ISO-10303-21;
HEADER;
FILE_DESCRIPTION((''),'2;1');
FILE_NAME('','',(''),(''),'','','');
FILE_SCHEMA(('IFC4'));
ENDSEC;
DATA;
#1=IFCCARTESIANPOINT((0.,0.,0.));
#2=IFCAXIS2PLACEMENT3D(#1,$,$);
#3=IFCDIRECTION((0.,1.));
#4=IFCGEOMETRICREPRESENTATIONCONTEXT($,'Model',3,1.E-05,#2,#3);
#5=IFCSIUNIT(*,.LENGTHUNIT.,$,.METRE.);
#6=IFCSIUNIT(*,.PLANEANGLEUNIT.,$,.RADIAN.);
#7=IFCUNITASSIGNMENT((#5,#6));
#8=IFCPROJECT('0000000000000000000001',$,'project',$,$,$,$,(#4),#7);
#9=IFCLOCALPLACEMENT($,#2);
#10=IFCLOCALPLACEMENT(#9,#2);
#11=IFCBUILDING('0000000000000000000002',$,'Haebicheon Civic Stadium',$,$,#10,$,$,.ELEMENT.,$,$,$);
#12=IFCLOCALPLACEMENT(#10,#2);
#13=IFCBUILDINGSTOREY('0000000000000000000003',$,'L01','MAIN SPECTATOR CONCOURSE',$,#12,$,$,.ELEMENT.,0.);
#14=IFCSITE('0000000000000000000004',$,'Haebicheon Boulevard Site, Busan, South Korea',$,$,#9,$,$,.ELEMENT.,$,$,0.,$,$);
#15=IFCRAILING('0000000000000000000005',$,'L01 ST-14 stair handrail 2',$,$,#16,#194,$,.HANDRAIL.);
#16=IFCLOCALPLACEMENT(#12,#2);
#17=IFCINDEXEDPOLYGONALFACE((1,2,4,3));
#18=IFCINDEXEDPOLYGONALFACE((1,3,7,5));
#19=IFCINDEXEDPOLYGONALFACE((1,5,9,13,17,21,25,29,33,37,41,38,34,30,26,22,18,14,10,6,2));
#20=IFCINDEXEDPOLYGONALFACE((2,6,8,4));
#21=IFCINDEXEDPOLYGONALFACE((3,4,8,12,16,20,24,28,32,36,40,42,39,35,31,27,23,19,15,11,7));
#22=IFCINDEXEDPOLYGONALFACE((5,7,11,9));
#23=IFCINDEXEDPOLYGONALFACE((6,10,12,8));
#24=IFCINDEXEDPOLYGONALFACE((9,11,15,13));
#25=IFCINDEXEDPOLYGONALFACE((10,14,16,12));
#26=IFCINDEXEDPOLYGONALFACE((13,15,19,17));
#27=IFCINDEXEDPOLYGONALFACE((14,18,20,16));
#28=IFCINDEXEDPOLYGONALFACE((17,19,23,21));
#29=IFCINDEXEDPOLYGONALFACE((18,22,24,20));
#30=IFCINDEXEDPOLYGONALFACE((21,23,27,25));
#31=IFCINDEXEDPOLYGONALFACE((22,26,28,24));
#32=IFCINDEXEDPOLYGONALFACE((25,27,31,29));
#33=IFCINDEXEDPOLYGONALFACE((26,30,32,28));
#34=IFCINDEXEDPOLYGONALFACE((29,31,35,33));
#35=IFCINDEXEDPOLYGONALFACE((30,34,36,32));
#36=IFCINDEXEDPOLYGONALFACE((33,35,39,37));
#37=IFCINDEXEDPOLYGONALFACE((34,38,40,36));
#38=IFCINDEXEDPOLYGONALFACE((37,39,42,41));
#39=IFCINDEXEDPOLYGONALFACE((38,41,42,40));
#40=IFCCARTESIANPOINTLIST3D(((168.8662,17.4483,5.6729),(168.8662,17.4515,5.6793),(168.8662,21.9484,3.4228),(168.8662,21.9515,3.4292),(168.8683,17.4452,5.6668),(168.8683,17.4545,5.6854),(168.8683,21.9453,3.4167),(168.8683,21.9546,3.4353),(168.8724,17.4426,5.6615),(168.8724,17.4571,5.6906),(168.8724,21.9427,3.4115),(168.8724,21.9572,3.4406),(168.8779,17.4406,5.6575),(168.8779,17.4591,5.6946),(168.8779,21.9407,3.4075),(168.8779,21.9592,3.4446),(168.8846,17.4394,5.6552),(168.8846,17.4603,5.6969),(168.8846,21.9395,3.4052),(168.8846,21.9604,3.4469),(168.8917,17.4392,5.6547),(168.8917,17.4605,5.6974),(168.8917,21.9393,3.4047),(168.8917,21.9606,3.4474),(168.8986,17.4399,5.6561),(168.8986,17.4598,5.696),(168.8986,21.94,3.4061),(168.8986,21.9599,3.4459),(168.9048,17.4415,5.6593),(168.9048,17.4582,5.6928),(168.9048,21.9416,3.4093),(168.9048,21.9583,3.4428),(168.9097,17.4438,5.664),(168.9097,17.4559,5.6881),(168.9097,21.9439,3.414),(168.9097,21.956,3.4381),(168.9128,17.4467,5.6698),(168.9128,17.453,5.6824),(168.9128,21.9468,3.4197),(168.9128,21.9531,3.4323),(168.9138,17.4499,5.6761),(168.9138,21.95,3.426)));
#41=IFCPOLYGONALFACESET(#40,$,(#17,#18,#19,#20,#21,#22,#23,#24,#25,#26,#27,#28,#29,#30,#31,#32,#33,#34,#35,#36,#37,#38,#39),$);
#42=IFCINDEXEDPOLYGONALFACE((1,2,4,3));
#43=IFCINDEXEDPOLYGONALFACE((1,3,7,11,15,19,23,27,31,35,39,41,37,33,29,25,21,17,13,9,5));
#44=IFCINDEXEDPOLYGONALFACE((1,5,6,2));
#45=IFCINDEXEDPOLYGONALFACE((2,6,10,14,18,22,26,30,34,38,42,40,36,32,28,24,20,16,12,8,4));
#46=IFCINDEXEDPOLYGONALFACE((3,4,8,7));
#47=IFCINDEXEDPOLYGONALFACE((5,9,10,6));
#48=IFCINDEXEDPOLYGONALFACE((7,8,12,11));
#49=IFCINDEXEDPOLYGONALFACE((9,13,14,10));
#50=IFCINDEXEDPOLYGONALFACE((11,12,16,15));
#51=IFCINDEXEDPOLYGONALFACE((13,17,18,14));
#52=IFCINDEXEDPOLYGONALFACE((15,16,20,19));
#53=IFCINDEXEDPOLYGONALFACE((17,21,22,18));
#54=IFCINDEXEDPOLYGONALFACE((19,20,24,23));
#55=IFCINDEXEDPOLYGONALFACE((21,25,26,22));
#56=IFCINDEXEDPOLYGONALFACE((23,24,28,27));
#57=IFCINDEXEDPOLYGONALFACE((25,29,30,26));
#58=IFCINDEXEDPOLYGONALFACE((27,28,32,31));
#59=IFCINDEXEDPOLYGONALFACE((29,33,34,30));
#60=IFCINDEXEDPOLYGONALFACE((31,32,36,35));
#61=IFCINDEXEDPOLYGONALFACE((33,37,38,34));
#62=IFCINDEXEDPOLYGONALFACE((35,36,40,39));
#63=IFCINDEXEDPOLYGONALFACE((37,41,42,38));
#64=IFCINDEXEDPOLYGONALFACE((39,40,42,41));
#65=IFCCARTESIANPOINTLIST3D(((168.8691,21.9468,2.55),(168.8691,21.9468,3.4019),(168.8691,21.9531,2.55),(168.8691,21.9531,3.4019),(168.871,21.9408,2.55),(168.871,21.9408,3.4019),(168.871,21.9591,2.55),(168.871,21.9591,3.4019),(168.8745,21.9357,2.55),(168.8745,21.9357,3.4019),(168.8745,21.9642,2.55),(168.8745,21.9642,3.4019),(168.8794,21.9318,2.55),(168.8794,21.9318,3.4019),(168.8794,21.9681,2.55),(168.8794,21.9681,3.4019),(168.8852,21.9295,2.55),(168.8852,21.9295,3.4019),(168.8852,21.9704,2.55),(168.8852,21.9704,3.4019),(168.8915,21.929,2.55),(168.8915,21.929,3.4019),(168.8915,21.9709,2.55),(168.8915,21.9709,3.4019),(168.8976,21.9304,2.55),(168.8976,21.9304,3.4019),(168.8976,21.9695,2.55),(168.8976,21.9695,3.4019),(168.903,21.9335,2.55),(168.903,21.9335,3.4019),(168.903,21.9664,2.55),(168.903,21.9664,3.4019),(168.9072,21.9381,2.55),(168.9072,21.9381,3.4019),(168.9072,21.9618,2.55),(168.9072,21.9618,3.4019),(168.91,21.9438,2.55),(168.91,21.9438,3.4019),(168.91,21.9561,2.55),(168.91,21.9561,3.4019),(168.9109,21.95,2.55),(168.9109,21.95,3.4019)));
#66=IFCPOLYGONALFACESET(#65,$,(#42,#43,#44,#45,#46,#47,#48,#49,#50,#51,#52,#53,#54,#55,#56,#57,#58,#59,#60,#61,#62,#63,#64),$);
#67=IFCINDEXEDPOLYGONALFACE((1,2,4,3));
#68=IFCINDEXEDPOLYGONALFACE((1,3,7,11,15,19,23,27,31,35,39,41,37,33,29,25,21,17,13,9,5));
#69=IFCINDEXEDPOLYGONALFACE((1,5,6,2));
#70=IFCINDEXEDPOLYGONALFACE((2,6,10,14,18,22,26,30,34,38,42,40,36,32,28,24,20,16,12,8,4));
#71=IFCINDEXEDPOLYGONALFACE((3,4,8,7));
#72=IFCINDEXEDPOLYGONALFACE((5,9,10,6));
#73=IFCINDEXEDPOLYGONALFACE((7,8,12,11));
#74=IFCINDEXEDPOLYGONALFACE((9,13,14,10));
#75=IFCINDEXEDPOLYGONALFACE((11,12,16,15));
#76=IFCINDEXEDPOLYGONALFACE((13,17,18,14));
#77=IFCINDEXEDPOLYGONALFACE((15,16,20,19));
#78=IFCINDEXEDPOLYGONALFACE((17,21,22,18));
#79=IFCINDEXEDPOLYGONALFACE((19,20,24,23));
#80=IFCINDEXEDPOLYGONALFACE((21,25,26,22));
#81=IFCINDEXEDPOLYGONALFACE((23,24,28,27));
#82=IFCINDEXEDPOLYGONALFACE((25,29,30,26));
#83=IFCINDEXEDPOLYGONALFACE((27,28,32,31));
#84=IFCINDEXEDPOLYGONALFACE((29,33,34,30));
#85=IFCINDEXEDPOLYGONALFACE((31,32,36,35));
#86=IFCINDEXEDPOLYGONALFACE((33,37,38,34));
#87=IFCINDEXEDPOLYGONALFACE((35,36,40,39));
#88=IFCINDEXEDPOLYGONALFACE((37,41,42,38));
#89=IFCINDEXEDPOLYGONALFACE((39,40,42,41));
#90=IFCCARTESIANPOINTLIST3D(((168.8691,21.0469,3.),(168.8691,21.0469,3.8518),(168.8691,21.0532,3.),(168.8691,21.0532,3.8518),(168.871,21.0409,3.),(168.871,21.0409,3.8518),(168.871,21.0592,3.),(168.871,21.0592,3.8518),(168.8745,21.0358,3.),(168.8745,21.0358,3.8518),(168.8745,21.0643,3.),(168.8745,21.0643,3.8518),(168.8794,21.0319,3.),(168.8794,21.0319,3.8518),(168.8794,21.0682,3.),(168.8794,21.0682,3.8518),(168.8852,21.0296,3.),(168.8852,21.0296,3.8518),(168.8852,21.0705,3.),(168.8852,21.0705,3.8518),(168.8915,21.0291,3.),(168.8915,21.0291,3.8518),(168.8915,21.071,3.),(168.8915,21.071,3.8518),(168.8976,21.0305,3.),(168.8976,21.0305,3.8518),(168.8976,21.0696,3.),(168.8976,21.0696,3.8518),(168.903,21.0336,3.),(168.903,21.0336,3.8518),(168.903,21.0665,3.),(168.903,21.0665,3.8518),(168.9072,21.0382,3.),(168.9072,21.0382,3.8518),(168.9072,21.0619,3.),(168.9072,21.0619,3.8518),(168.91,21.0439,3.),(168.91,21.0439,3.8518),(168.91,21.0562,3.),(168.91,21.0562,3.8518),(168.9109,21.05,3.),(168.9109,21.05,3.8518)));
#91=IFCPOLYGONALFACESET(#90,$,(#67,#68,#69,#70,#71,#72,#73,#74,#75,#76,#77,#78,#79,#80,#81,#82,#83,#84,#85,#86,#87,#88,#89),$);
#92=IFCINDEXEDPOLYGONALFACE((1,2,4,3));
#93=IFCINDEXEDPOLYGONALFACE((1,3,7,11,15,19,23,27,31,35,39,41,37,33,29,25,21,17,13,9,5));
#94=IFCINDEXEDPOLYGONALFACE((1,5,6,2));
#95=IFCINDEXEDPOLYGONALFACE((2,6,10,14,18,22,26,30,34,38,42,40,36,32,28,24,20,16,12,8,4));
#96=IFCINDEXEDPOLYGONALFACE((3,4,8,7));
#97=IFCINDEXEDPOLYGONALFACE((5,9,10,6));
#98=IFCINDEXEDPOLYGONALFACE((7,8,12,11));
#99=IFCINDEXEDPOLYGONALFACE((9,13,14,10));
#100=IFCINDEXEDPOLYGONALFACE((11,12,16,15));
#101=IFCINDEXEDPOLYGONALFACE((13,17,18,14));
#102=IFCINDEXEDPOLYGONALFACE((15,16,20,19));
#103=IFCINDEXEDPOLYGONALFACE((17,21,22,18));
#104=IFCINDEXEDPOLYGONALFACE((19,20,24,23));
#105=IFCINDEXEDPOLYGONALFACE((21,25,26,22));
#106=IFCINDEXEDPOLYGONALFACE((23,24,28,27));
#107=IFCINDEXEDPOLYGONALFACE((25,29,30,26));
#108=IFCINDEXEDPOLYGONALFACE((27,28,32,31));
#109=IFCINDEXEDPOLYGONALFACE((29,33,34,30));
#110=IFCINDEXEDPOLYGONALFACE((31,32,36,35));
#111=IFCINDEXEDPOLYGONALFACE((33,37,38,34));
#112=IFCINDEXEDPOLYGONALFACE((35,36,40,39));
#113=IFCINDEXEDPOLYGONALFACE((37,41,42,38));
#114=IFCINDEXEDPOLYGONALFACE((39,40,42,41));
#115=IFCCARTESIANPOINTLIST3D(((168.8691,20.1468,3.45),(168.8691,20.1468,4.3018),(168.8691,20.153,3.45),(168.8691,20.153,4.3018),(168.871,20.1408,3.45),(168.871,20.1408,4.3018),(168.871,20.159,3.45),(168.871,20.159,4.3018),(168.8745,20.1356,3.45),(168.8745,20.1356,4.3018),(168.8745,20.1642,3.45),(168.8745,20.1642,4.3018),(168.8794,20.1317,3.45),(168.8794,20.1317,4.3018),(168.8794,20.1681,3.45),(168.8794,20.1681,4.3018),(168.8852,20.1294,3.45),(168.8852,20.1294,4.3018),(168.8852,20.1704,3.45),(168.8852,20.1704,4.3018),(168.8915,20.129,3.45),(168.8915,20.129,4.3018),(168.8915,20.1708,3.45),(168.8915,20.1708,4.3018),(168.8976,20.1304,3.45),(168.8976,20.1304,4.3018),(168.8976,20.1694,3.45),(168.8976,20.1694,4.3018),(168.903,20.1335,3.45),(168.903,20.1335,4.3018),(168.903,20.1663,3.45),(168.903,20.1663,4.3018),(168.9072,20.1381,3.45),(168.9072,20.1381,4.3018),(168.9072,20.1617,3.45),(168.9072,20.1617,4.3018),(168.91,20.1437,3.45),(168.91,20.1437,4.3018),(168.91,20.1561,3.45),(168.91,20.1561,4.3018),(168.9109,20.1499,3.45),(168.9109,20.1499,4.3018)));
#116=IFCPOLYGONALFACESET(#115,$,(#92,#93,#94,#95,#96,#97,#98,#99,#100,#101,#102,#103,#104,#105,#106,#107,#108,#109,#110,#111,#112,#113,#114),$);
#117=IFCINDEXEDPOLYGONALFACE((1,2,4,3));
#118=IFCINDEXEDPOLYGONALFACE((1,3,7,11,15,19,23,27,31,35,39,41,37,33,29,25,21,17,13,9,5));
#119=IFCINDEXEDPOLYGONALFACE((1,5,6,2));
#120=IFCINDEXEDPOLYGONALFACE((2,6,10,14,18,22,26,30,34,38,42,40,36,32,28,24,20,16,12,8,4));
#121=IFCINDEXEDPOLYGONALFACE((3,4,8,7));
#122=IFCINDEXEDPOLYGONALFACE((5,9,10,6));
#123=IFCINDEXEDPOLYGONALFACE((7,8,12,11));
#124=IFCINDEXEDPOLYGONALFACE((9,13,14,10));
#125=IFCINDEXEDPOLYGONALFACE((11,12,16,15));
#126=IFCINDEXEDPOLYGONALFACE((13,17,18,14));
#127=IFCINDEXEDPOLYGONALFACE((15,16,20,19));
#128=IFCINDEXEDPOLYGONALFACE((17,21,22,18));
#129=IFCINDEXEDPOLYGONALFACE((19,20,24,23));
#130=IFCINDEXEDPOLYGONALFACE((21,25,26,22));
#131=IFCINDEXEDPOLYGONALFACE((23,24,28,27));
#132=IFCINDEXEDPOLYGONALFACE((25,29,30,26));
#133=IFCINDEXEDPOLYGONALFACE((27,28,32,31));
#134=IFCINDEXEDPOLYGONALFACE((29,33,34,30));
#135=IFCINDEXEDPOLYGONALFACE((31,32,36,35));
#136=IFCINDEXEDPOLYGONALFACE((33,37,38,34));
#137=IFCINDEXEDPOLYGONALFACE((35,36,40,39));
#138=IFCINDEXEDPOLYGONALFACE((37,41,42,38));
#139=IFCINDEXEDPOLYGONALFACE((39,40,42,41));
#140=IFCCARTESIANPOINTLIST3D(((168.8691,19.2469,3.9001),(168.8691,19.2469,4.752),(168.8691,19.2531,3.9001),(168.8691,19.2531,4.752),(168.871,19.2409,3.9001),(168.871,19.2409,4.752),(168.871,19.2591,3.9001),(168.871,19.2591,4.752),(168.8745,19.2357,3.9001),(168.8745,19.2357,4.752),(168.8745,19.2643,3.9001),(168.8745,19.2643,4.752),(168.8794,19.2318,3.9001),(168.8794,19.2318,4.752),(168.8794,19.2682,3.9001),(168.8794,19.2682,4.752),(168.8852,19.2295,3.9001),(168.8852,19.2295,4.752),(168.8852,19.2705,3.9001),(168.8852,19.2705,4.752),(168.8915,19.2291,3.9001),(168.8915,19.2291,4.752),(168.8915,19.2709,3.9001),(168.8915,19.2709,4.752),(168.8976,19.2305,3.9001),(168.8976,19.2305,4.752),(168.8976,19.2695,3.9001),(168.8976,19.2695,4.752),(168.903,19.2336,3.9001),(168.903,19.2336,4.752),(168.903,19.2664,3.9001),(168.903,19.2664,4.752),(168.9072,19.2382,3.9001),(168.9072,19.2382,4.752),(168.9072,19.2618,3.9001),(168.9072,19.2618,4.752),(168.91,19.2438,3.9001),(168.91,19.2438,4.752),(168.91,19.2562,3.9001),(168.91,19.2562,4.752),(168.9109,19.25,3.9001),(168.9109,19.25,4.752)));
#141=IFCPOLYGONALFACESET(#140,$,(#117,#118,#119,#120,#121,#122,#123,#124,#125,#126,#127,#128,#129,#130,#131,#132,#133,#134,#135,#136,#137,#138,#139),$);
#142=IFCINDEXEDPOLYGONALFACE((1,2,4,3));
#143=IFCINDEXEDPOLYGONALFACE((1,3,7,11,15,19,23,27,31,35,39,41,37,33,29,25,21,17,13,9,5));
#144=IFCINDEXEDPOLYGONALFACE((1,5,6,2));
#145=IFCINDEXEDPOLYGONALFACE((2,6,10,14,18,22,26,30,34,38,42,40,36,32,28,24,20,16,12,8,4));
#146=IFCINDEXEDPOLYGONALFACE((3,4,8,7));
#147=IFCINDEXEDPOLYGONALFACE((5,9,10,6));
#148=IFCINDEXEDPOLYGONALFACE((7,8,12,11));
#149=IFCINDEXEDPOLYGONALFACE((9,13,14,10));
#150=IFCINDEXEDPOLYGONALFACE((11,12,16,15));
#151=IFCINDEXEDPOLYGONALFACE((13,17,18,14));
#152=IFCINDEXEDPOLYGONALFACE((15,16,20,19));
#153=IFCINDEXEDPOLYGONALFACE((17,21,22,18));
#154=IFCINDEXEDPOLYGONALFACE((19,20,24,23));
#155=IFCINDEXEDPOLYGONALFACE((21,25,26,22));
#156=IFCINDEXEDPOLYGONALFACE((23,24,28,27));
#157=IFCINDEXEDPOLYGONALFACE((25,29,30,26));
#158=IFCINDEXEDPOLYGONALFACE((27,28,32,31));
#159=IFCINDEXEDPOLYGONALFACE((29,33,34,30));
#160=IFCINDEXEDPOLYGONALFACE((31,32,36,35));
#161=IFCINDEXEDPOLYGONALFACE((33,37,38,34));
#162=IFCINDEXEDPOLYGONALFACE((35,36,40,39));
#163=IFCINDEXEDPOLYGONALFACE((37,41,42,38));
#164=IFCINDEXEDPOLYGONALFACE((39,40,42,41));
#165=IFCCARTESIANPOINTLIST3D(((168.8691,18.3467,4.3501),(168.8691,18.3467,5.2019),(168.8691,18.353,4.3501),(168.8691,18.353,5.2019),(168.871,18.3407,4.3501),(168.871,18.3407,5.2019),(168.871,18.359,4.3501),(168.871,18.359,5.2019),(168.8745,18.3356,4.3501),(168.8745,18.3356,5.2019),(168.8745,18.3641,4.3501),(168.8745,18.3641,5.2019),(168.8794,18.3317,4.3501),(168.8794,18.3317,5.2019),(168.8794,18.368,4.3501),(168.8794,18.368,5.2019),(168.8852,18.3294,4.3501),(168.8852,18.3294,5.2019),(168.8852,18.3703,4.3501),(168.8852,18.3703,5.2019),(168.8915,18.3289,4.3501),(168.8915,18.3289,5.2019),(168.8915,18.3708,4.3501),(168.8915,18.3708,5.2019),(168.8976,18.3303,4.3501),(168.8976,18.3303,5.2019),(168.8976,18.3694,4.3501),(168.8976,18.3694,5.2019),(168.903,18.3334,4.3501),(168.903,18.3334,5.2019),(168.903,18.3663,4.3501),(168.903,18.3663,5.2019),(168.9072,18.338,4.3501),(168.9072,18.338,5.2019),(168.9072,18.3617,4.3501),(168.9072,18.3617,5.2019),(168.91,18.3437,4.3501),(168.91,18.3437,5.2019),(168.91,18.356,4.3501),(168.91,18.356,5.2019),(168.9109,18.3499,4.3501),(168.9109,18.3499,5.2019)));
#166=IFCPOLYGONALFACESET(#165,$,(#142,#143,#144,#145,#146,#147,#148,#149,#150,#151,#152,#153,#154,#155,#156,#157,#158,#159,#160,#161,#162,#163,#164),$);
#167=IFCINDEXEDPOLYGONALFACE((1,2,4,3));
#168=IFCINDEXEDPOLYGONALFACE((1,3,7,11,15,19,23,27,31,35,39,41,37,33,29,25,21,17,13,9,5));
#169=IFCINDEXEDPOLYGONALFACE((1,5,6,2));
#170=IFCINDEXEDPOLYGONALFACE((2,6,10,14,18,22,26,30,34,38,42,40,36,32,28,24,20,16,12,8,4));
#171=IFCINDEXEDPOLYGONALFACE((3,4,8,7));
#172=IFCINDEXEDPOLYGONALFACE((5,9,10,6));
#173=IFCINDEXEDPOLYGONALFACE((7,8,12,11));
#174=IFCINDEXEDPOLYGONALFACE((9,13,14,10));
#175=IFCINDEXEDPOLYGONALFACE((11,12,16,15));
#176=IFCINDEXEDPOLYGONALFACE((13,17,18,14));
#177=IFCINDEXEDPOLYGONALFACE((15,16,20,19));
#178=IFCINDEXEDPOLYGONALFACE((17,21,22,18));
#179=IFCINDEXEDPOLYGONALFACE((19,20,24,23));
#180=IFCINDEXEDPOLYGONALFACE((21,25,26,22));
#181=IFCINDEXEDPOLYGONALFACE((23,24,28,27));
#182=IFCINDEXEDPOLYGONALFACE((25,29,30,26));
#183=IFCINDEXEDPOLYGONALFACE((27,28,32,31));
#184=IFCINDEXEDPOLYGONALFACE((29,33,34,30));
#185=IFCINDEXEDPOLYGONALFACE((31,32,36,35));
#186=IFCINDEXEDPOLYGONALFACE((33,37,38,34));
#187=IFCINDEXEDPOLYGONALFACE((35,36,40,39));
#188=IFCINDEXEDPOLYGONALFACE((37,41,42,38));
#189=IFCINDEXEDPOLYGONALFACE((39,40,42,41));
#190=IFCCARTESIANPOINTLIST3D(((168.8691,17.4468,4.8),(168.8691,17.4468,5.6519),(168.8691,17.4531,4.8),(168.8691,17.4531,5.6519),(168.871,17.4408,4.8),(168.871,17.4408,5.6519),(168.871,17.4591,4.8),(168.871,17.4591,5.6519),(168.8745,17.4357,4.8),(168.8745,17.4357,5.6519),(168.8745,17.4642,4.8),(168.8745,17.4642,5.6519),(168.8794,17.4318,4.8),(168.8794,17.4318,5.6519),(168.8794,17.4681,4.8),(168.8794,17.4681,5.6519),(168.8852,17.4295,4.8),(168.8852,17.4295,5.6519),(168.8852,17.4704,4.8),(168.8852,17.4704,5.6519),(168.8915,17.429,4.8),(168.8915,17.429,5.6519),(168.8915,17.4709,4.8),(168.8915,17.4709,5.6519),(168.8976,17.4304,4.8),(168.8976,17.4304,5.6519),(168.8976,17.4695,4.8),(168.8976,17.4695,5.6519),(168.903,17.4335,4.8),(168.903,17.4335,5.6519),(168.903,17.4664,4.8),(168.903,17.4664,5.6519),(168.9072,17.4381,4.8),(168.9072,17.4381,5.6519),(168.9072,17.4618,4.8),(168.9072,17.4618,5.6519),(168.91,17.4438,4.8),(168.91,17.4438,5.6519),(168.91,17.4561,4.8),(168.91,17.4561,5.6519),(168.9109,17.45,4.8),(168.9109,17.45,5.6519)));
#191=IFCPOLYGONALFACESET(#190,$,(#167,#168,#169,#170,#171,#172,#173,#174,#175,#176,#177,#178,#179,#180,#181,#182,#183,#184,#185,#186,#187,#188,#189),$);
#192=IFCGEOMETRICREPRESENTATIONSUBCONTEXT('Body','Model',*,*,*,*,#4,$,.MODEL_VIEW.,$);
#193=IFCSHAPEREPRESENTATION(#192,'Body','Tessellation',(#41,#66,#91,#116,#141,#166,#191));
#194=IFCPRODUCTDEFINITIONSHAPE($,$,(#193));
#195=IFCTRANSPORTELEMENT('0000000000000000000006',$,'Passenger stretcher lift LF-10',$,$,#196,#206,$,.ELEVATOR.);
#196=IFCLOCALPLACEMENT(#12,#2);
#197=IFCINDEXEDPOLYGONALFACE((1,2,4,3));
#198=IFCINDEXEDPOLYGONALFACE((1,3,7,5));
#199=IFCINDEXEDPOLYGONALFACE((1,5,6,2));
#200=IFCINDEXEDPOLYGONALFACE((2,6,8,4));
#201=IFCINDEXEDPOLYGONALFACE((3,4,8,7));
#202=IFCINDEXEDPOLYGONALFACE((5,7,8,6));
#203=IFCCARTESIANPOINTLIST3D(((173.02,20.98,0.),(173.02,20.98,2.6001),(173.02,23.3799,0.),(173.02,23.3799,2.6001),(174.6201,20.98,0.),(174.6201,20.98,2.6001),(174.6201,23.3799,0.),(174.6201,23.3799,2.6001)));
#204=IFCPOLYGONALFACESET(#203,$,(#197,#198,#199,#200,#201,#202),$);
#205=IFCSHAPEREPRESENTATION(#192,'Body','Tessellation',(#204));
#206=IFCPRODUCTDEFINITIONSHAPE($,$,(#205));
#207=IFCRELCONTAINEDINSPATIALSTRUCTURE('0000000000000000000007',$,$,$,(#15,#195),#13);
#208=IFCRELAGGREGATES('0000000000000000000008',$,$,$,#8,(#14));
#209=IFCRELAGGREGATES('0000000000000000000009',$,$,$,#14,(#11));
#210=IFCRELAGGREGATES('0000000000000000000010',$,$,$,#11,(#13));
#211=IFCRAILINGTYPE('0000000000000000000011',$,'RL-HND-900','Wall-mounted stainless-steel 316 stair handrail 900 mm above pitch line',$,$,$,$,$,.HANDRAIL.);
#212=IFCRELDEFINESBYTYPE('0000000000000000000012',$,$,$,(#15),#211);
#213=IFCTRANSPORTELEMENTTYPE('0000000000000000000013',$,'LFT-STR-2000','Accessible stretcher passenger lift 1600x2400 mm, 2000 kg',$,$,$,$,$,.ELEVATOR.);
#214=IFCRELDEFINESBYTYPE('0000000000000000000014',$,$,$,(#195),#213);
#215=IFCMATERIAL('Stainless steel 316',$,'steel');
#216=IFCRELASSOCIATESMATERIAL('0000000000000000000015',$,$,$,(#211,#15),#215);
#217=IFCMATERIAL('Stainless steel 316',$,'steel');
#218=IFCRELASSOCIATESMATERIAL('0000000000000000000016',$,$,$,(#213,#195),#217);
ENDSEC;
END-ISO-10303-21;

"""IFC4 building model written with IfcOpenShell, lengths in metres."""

from ifc_helpers import new_model, si_unit, direction, frame, origin, origin_2d, place, context, subcontext, project, spatial, rectangle, circle, extrude, material, type_object, element, save


model = new_model("IFC4")

# Units and contexts
model_context = context("Model", 3, precision=1e-05, world=origin(), true_north=direction((0.0, 1.0)))
body_context = subcontext(model_context, "Body", "Model", "MODEL_VIEW")
ifc_project = project(units=[si_unit("LENGTHUNIT", "METRE"), si_unit("PLANEANGLEUNIT", "RADIAN")], contexts=[model_context])

# Site, building, storey
site_placement = place(None, origin())
site = spatial("IfcSite", under=ifc_project, at=site_placement, Name="Haebicheon Boulevard Site, Busan, South Korea", CompositionType="ELEMENT", RefElevation=0.0)
building_placement = place(site_placement, origin())
building = spatial("IfcBuilding", under=site, at=building_placement, Name="Haebicheon Civic Stadium", CompositionType="ELEMENT")
storey_placement = place(building_placement, origin())
storey = spatial("IfcBuildingStorey", under=building, at=storey_placement, Name="L01", Description="MAIN SPECTATOR CONCOURSE", CompositionType="ELEMENT", Elevation=0.0)

# Railing
ifc_material_1 = material(Name="Stainless steel 316", Category="steel")
railing_type_1 = type_object("IfcRailingType", Name="RL-HND-900", Description="Wall-mounted stainless-steel 316 stair handrail 900 mm above pitch line", PredefinedType="HANDRAIL", material=ifc_material_1)
railing_1_placement = place(storey_placement, frame((168.8899, 21.95, 2.55)))
element("IfcRailing", 1, at=railing_1_placement, inside=storey, type_object=railing_type_1, material=ifc_material_1, Name="L01 ST-14 stair handrail 2", PredefinedType="HANDRAIL", context=body_context, shape_type="SweptSolid", body=[
    extrude(circle(Radius=0.0239, at=origin_2d()), frame((0.0, 0.0, 0.876), z_axis=(0.0, -0.894427, 0.447214), x_axis=(1.0, 0.0, 0.0)), (0.0, 0.0, 1.0), 5.0312),
    extrude(circle(Radius=0.021, at=origin_2d()), origin(), (0.0, 0.0, 1.0), 0.8518),
    extrude(circle(Radius=0.021, at=origin_2d()), frame((0.0, -0.8999, 0.45)), (0.0, 0.0, 1.0), 0.8518),
    extrude(circle(Radius=0.021, at=origin_2d()), frame((0.0, -1.8, 0.8999)), (0.0, 0.0, 1.0), 0.8518),
    extrude(circle(Radius=0.021, at=origin_2d()), frame((0.0, -2.7, 1.3501)), (0.0, 0.0, 1.0), 0.8518),
    extrude(circle(Radius=0.021, at=origin_2d()), frame((0.0, -3.6001, 1.8)), (0.0, 0.0, 1.0), 0.8518),
    extrude(circle(Radius=0.021, at=origin_2d()), frame((0.0, -4.5, 2.25)), (0.0, 0.0, 1.0), 0.8518),
])

# Transport element
ifc_material_2 = material(Name="Stainless steel 316", Category="steel")
transport_element_type = type_object("IfcTransportElementType", Name="LFT-STR-2000", Description="Accessible stretcher passenger lift 1600x2400 mm, 2000 kg", PredefinedType="ELEVATOR", material=ifc_material_2)
transport_element_placement = place(storey_placement, frame((173.8201, 22.1799, 0.0), z_axis=(0.0, 0.0, 1.0), x_axis=(1.0, 0.0, 0.0)))
element("IfcTransportElement", 2, at=transport_element_placement, inside=storey, type_object=transport_element_type, material=ifc_material_2, Name="Passenger stretcher lift LF-10", PredefinedType="ELEVATOR", context=body_context, shape_type="SweptSolid", body=[
    extrude(rectangle(XDim=1.6001, YDim=2.3999, at=origin_2d()), origin(), (0.0, 0.0, 1.0), 2.6001),
])

save(model, "model.ifc")
